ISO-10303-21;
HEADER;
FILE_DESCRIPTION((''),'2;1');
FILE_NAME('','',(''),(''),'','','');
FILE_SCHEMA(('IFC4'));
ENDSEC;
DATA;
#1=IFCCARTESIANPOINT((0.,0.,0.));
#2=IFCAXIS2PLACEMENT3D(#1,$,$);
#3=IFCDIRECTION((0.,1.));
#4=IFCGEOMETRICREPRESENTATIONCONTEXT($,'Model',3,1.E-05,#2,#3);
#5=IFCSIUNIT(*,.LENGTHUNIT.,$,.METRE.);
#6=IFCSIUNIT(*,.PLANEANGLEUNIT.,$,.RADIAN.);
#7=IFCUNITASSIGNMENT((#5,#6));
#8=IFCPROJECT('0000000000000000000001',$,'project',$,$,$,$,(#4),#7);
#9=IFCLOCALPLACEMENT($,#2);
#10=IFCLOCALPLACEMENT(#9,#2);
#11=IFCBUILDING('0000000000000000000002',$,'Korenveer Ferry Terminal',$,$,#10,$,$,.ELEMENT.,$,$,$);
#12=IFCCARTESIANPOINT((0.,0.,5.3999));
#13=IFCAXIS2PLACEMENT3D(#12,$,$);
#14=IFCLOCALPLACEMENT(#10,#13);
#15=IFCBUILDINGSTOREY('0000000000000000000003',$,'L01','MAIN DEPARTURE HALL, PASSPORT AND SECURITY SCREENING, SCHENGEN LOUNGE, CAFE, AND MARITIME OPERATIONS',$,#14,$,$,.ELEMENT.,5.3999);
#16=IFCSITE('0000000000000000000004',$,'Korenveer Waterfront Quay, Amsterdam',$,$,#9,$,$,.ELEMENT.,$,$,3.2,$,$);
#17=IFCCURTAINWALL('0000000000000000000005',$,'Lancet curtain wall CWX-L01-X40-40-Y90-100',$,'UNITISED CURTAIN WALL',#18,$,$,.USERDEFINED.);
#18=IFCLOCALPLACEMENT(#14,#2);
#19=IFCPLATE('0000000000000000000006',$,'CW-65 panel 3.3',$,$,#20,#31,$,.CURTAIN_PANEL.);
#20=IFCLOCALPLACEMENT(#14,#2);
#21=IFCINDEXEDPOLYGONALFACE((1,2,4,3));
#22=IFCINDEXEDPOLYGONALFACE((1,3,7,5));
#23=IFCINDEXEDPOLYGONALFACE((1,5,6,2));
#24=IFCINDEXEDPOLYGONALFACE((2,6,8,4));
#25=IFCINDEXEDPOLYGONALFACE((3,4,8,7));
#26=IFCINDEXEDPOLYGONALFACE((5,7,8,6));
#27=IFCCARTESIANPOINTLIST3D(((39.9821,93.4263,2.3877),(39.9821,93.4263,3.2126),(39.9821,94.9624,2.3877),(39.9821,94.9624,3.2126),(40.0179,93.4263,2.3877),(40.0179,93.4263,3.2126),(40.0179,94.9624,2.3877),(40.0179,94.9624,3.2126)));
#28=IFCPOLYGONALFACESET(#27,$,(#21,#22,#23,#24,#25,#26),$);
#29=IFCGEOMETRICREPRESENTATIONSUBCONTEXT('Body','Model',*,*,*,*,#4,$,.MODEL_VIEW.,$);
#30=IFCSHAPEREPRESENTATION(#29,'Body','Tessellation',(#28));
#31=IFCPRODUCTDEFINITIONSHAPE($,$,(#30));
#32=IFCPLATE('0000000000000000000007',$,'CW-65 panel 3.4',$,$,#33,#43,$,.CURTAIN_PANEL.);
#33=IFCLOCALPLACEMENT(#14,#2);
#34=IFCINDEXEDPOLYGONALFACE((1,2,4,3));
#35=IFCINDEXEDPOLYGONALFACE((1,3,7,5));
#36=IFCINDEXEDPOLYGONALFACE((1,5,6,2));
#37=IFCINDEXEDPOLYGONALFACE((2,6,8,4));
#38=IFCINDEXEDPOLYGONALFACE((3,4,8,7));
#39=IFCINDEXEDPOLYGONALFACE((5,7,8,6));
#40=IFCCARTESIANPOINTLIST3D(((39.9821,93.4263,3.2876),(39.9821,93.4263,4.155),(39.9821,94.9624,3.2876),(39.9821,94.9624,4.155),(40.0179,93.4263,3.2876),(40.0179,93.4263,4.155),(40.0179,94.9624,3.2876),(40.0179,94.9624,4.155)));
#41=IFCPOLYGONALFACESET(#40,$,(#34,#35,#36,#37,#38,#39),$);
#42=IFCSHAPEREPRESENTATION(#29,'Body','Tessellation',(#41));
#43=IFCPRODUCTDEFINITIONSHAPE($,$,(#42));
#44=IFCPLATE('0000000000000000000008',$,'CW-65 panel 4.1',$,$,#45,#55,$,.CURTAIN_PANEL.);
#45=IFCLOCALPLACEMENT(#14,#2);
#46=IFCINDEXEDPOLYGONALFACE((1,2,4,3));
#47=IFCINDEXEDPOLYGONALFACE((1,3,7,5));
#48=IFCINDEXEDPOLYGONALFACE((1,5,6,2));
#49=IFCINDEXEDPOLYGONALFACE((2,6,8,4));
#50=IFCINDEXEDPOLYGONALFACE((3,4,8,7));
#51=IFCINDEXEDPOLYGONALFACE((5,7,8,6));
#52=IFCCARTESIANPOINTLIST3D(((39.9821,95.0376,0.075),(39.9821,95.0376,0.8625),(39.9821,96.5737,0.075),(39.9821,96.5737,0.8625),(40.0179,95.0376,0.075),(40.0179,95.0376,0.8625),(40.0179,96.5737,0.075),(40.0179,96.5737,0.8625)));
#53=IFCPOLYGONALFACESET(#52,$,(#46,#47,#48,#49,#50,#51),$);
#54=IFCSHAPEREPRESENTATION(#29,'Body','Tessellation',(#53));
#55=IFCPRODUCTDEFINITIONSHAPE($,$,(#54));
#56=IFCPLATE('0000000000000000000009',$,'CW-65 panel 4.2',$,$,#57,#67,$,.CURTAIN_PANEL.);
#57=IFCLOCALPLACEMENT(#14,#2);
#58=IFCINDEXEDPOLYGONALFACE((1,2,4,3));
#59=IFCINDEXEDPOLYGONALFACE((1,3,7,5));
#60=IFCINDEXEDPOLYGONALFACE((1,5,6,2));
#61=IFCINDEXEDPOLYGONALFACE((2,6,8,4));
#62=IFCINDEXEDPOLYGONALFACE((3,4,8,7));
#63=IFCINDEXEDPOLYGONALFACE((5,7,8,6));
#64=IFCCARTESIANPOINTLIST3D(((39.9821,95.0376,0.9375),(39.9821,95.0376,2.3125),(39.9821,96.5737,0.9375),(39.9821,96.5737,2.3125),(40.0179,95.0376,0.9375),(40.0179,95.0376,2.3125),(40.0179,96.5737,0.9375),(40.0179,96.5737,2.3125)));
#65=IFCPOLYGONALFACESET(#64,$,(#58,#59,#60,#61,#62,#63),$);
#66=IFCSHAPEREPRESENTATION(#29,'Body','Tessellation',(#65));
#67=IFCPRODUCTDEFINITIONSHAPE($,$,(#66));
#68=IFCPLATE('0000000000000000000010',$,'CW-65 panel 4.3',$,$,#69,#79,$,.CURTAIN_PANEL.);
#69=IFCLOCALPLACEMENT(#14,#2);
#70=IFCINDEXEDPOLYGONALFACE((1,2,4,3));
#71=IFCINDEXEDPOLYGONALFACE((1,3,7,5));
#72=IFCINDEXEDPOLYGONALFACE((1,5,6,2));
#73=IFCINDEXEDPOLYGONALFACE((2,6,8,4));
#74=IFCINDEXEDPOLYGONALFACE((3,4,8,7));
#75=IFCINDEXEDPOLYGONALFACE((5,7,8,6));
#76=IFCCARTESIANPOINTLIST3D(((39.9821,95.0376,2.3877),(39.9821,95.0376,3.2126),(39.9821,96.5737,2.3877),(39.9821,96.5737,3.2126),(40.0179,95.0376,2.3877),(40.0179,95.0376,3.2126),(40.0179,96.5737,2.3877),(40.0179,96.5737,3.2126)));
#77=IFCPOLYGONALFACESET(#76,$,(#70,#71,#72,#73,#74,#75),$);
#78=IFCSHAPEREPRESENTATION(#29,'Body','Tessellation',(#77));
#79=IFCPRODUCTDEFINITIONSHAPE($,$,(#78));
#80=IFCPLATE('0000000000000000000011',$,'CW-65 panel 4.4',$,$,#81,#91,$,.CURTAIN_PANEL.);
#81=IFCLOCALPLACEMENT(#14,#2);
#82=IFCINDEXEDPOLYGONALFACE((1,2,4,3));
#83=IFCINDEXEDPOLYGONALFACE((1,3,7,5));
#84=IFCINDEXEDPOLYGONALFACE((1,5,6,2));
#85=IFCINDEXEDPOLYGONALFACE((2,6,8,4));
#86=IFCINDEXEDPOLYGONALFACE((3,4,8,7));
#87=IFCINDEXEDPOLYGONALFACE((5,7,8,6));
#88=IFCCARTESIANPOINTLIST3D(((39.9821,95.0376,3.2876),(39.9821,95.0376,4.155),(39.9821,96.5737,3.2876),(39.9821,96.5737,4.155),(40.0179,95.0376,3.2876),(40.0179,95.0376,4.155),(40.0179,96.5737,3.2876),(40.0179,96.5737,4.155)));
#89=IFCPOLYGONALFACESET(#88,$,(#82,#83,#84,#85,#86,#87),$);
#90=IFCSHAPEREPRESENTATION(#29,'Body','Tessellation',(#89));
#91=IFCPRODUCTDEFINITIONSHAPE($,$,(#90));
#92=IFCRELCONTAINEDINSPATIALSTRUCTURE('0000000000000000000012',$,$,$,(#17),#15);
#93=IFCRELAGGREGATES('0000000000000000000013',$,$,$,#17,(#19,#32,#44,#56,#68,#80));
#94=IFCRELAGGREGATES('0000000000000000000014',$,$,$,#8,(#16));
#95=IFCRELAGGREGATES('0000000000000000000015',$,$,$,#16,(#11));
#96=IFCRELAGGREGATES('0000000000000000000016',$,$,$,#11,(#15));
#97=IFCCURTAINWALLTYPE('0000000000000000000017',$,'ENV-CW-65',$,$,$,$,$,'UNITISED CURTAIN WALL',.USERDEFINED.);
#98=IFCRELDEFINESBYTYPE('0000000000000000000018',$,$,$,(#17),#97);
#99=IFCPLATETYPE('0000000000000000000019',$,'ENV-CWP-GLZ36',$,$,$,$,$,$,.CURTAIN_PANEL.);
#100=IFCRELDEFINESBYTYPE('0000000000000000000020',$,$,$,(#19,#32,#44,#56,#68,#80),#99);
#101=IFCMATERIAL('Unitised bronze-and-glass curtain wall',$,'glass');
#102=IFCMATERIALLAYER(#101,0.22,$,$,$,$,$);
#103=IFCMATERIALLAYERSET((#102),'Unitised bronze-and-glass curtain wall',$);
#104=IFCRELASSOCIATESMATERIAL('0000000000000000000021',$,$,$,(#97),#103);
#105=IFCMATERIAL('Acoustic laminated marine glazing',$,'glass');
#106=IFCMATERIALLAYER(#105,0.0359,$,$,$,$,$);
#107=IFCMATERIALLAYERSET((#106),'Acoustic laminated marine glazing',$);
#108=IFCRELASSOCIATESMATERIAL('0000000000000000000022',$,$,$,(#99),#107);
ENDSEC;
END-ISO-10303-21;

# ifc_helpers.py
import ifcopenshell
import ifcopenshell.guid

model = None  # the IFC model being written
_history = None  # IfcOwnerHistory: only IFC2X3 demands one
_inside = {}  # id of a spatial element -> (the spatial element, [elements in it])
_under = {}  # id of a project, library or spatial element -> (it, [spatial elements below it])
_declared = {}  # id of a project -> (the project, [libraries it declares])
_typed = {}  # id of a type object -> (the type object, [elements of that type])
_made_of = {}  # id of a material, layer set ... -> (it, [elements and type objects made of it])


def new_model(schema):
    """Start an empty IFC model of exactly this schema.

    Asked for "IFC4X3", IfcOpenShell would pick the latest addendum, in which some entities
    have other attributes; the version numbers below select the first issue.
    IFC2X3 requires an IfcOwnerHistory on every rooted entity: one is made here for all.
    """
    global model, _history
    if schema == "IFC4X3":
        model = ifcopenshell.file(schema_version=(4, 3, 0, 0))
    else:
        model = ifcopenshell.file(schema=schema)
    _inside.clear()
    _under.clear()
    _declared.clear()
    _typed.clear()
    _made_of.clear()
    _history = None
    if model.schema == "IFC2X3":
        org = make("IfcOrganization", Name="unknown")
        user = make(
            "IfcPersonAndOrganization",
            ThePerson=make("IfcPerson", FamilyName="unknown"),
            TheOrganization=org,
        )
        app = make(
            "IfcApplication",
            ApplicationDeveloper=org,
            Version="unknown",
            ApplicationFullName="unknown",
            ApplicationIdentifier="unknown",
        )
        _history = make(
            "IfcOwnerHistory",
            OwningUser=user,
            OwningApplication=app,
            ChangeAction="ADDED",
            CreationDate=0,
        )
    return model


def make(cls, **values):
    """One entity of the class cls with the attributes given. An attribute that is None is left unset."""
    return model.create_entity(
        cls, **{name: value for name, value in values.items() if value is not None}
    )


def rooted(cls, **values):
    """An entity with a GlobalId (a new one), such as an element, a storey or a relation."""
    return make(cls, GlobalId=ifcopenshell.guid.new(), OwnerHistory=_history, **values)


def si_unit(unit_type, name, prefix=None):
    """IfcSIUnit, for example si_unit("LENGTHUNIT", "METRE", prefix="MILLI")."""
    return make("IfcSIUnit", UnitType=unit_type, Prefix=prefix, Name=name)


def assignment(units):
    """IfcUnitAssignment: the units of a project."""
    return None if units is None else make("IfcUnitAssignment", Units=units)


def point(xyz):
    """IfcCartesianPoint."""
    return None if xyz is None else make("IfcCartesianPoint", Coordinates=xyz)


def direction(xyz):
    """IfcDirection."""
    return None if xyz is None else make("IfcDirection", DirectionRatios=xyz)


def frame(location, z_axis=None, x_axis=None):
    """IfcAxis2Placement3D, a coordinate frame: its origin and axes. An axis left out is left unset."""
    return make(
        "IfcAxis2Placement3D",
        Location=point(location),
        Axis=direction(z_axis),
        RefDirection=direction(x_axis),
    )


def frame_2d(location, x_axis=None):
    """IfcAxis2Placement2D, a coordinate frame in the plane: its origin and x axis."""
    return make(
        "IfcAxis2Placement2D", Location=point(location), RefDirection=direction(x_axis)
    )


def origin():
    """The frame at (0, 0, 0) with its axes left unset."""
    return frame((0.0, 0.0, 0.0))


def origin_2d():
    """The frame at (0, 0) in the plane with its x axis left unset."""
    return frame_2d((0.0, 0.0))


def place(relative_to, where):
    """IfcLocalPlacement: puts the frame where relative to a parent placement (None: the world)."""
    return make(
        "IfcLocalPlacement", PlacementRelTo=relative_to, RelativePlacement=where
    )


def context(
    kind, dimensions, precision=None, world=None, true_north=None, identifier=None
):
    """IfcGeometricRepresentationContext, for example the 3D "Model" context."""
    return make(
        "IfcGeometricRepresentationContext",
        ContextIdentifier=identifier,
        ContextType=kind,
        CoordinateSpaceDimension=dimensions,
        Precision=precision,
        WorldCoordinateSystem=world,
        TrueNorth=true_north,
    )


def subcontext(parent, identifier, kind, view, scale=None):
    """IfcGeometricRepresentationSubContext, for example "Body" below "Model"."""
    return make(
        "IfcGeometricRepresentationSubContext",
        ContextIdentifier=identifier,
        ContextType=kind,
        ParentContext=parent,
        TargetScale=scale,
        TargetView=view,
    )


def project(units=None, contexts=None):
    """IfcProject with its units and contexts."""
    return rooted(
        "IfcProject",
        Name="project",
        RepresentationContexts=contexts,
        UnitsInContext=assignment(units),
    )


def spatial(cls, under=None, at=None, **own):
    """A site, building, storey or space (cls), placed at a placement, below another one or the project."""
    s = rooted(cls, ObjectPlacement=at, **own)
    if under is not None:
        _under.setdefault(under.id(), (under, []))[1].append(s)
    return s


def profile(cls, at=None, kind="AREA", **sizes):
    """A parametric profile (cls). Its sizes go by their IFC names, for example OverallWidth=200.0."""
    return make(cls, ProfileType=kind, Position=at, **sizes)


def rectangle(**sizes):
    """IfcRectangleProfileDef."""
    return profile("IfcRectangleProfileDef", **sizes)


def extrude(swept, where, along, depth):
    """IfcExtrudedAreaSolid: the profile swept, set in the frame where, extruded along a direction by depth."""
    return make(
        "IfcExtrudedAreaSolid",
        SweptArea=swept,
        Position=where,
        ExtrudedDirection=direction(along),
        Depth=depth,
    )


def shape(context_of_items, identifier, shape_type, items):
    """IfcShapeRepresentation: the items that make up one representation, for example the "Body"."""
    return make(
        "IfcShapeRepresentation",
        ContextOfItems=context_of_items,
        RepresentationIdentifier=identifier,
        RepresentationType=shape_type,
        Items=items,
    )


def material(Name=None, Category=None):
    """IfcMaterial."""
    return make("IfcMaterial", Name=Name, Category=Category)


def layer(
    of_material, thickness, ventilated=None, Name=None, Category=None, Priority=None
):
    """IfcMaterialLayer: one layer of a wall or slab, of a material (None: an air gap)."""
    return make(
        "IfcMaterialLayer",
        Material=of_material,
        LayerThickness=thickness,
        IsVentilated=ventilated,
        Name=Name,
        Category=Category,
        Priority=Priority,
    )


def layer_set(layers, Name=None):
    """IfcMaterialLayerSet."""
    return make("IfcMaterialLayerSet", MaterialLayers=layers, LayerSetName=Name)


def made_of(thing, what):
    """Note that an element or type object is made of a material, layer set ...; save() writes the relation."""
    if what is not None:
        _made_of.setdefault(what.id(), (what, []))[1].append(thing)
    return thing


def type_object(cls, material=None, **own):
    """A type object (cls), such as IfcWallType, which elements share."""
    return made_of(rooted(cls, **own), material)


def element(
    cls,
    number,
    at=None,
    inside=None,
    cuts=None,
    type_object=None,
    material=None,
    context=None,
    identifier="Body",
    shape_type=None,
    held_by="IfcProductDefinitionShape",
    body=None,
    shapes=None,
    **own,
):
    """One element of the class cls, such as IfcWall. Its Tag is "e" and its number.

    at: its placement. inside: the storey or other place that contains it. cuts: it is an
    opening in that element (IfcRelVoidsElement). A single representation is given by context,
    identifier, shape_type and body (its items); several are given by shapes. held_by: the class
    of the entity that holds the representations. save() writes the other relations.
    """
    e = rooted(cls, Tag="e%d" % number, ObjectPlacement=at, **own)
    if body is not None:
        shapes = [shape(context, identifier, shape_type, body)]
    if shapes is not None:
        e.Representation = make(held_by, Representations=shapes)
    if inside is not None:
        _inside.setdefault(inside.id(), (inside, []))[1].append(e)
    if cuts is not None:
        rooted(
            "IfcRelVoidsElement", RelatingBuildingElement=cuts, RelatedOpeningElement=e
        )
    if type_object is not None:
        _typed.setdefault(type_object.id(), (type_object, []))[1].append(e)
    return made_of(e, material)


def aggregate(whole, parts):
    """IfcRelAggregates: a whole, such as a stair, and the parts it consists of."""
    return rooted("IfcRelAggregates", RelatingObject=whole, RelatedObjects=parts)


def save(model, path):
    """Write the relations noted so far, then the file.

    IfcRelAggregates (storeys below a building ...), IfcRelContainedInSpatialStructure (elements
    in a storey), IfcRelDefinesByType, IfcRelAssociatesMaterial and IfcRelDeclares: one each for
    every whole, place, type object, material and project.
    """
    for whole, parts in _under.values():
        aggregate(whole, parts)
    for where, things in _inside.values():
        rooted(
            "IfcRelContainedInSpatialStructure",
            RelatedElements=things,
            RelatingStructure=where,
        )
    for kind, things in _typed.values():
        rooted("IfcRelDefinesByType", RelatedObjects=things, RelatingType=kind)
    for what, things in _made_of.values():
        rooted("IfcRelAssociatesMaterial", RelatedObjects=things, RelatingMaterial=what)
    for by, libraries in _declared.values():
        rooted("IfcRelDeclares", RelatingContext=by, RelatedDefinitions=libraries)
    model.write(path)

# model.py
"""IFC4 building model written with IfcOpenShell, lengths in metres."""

from ifc_helpers import new_model, si_unit, direction, frame, origin, origin_2d, place, context, subcontext, project, spatial, rectangle, extrude, material, layer, layer_set, type_object, element, aggregate, save


model = new_model("IFC4")

# Units and contexts
model_context = context("Model", 3, precision=1e-05, world=origin(), true_north=direction((0.0, 1.0)))
body_context = subcontext(model_context, "Body", "Model", "MODEL_VIEW")
ifc_project = project(units=[si_unit("LENGTHUNIT", "METRE"), si_unit("PLANEANGLEUNIT", "RADIAN")], contexts=[model_context])

# Site, building, storey
site_placement = place(None, origin())
site = spatial("IfcSite", under=ifc_project, at=site_placement, Name="Korenveer Waterfront Quay, Amsterdam", CompositionType="ELEMENT", RefElevation=3.2)
building_placement = place(site_placement, origin())
building = spatial("IfcBuilding", under=site, at=building_placement, Name="Korenveer Ferry Terminal", CompositionType="ELEMENT")
storey_placement = place(building_placement, frame((0.0, 0.0, 5.3999)))
storey = spatial("IfcBuildingStorey", under=building, at=storey_placement, Name="L01", Description="MAIN DEPARTURE HALL, PASSPORT AND SECURITY SCREENING, SCHENGEN LOUNGE, CAFE, AND MARITIME OPERATIONS", CompositionType="ELEMENT", Elevation=5.3999)

# Curtain wall, plates
ifc_material_1 = material(Name="Unitised bronze-and-glass curtain wall", Category="glass")
ifc_layer_1 = layer(ifc_material_1, 0.22)
ifc_layer_set_1 = layer_set([ifc_layer_1], Name="Unitised bronze-and-glass curtain wall")
curtain_wall_type = type_object("IfcCurtainWallType", Name="ENV-CW-65", ElementType="UNITISED CURTAIN WALL", PredefinedType="USERDEFINED", material=ifc_layer_set_1)
curtain_wall_placement = place(storey_placement, frame((40.0, 90.1665, 0.0)))
curtain_wall = element("IfcCurtainWall", 1, at=curtain_wall_placement, inside=storey, type_object=curtain_wall_type, Name="Lancet curtain wall CWX-L01-X40-40-Y90-100", ObjectType="UNITISED CURTAIN WALL", PredefinedType="USERDEFINED")
ifc_material_2 = material(Name="Acoustic laminated marine glazing", Category="glass")
ifc_layer_2 = layer(ifc_material_2, 0.0359)
ifc_layer_set_2 = layer_set([ifc_layer_2], Name="Acoustic laminated marine glazing")
plate_type = type_object("IfcPlateType", Name="ENV-CWP-GLZ36", PredefinedType="CURTAIN_PANEL", material=ifc_layer_set_2)
plate_1_placement = place(storey_placement, frame((40.0, 94.1943, 2.3877), z_axis=(0.0, 0.0, 1.0), x_axis=(0.0, 1.0, 0.0)))
plate_1 = element("IfcPlate", 2, at=plate_1_placement, type_object=plate_type, Name="CW-65 panel 3.3", PredefinedType="CURTAIN_PANEL", context=body_context, shape_type="SweptSolid", body=[
    extrude(rectangle(XDim=1.5361, YDim=0.0359, at=origin_2d()), origin(), (0.0, 0.0, 1.0), 0.825),
])
plate_2_placement = place(storey_placement, frame((40.0, 94.1943, 3.2876), z_axis=(0.0, 0.0, 1.0), x_axis=(0.0, 1.0, 0.0)))
plate_2 = element("IfcPlate", 3, at=plate_2_placement, type_object=plate_type, Name="CW-65 panel 3.4", PredefinedType="CURTAIN_PANEL", context=body_context, shape_type="SweptSolid", body=[
    extrude(rectangle(XDim=1.5361, YDim=0.0359, at=origin_2d()), origin(), (0.0, 0.0, 1.0), 0.8674),
])
plate_3_placement = place(storey_placement, frame((40.0, 95.8057, 0.075), z_axis=(0.0, 0.0, 1.0), x_axis=(0.0, 1.0, 0.0)))
plate_3 = element("IfcPlate", 4, at=plate_3_placement, type_object=plate_type, Name="CW-65 panel 4.1", PredefinedType="CURTAIN_PANEL", context=body_context, shape_type="SweptSolid", body=[
    extrude(rectangle(XDim=1.5361, YDim=0.0359, at=origin_2d()), origin(), (0.0, 0.0, 1.0), 0.7876),
])
plate_4_placement = place(storey_placement, frame((40.0, 95.8057, 0.9375), z_axis=(0.0, 0.0, 1.0), x_axis=(0.0, 1.0, 0.0)))
plate_4 = element("IfcPlate", 5, at=plate_4_placement, type_object=plate_type, Name="CW-65 panel 4.2", PredefinedType="CURTAIN_PANEL", context=body_context, shape_type="SweptSolid", body=[
    extrude(rectangle(XDim=1.5361, YDim=0.0359, at=origin_2d()), origin(), (0.0, 0.0, 1.0), 1.375),
])
plate_5_placement = place(storey_placement, frame((40.0, 95.8057, 2.3877), z_axis=(0.0, 0.0, 1.0), x_axis=(0.0, 1.0, 0.0)))
plate_5 = element("IfcPlate", 6, at=plate_5_placement, type_object=plate_type, Name="CW-65 panel 4.3", PredefinedType="CURTAIN_PANEL", context=body_context, shape_type="SweptSolid", body=[
    extrude(rectangle(XDim=1.5361, YDim=0.0359, at=origin_2d()), origin(), (0.0, 0.0, 1.0), 0.825),
])
plate_6_placement = place(storey_placement, frame((40.0, 95.8057, 3.2876), z_axis=(0.0, 0.0, 1.0), x_axis=(0.0, 1.0, 0.0)))
plate_6 = element("IfcPlate", 7, at=plate_6_placement, type_object=plate_type, Name="CW-65 panel 4.4", PredefinedType="CURTAIN_PANEL", context=body_context, shape_type="SweptSolid", body=[
    extrude(rectangle(XDim=1.5361, YDim=0.0359, at=origin_2d()), origin(), (0.0, 0.0, 1.0), 0.8674),
])
aggregate(curtain_wall, [plate_1, plate_2, plate_3, plate_4, plate_5, plate_6])

save(model, "model.ifc")
